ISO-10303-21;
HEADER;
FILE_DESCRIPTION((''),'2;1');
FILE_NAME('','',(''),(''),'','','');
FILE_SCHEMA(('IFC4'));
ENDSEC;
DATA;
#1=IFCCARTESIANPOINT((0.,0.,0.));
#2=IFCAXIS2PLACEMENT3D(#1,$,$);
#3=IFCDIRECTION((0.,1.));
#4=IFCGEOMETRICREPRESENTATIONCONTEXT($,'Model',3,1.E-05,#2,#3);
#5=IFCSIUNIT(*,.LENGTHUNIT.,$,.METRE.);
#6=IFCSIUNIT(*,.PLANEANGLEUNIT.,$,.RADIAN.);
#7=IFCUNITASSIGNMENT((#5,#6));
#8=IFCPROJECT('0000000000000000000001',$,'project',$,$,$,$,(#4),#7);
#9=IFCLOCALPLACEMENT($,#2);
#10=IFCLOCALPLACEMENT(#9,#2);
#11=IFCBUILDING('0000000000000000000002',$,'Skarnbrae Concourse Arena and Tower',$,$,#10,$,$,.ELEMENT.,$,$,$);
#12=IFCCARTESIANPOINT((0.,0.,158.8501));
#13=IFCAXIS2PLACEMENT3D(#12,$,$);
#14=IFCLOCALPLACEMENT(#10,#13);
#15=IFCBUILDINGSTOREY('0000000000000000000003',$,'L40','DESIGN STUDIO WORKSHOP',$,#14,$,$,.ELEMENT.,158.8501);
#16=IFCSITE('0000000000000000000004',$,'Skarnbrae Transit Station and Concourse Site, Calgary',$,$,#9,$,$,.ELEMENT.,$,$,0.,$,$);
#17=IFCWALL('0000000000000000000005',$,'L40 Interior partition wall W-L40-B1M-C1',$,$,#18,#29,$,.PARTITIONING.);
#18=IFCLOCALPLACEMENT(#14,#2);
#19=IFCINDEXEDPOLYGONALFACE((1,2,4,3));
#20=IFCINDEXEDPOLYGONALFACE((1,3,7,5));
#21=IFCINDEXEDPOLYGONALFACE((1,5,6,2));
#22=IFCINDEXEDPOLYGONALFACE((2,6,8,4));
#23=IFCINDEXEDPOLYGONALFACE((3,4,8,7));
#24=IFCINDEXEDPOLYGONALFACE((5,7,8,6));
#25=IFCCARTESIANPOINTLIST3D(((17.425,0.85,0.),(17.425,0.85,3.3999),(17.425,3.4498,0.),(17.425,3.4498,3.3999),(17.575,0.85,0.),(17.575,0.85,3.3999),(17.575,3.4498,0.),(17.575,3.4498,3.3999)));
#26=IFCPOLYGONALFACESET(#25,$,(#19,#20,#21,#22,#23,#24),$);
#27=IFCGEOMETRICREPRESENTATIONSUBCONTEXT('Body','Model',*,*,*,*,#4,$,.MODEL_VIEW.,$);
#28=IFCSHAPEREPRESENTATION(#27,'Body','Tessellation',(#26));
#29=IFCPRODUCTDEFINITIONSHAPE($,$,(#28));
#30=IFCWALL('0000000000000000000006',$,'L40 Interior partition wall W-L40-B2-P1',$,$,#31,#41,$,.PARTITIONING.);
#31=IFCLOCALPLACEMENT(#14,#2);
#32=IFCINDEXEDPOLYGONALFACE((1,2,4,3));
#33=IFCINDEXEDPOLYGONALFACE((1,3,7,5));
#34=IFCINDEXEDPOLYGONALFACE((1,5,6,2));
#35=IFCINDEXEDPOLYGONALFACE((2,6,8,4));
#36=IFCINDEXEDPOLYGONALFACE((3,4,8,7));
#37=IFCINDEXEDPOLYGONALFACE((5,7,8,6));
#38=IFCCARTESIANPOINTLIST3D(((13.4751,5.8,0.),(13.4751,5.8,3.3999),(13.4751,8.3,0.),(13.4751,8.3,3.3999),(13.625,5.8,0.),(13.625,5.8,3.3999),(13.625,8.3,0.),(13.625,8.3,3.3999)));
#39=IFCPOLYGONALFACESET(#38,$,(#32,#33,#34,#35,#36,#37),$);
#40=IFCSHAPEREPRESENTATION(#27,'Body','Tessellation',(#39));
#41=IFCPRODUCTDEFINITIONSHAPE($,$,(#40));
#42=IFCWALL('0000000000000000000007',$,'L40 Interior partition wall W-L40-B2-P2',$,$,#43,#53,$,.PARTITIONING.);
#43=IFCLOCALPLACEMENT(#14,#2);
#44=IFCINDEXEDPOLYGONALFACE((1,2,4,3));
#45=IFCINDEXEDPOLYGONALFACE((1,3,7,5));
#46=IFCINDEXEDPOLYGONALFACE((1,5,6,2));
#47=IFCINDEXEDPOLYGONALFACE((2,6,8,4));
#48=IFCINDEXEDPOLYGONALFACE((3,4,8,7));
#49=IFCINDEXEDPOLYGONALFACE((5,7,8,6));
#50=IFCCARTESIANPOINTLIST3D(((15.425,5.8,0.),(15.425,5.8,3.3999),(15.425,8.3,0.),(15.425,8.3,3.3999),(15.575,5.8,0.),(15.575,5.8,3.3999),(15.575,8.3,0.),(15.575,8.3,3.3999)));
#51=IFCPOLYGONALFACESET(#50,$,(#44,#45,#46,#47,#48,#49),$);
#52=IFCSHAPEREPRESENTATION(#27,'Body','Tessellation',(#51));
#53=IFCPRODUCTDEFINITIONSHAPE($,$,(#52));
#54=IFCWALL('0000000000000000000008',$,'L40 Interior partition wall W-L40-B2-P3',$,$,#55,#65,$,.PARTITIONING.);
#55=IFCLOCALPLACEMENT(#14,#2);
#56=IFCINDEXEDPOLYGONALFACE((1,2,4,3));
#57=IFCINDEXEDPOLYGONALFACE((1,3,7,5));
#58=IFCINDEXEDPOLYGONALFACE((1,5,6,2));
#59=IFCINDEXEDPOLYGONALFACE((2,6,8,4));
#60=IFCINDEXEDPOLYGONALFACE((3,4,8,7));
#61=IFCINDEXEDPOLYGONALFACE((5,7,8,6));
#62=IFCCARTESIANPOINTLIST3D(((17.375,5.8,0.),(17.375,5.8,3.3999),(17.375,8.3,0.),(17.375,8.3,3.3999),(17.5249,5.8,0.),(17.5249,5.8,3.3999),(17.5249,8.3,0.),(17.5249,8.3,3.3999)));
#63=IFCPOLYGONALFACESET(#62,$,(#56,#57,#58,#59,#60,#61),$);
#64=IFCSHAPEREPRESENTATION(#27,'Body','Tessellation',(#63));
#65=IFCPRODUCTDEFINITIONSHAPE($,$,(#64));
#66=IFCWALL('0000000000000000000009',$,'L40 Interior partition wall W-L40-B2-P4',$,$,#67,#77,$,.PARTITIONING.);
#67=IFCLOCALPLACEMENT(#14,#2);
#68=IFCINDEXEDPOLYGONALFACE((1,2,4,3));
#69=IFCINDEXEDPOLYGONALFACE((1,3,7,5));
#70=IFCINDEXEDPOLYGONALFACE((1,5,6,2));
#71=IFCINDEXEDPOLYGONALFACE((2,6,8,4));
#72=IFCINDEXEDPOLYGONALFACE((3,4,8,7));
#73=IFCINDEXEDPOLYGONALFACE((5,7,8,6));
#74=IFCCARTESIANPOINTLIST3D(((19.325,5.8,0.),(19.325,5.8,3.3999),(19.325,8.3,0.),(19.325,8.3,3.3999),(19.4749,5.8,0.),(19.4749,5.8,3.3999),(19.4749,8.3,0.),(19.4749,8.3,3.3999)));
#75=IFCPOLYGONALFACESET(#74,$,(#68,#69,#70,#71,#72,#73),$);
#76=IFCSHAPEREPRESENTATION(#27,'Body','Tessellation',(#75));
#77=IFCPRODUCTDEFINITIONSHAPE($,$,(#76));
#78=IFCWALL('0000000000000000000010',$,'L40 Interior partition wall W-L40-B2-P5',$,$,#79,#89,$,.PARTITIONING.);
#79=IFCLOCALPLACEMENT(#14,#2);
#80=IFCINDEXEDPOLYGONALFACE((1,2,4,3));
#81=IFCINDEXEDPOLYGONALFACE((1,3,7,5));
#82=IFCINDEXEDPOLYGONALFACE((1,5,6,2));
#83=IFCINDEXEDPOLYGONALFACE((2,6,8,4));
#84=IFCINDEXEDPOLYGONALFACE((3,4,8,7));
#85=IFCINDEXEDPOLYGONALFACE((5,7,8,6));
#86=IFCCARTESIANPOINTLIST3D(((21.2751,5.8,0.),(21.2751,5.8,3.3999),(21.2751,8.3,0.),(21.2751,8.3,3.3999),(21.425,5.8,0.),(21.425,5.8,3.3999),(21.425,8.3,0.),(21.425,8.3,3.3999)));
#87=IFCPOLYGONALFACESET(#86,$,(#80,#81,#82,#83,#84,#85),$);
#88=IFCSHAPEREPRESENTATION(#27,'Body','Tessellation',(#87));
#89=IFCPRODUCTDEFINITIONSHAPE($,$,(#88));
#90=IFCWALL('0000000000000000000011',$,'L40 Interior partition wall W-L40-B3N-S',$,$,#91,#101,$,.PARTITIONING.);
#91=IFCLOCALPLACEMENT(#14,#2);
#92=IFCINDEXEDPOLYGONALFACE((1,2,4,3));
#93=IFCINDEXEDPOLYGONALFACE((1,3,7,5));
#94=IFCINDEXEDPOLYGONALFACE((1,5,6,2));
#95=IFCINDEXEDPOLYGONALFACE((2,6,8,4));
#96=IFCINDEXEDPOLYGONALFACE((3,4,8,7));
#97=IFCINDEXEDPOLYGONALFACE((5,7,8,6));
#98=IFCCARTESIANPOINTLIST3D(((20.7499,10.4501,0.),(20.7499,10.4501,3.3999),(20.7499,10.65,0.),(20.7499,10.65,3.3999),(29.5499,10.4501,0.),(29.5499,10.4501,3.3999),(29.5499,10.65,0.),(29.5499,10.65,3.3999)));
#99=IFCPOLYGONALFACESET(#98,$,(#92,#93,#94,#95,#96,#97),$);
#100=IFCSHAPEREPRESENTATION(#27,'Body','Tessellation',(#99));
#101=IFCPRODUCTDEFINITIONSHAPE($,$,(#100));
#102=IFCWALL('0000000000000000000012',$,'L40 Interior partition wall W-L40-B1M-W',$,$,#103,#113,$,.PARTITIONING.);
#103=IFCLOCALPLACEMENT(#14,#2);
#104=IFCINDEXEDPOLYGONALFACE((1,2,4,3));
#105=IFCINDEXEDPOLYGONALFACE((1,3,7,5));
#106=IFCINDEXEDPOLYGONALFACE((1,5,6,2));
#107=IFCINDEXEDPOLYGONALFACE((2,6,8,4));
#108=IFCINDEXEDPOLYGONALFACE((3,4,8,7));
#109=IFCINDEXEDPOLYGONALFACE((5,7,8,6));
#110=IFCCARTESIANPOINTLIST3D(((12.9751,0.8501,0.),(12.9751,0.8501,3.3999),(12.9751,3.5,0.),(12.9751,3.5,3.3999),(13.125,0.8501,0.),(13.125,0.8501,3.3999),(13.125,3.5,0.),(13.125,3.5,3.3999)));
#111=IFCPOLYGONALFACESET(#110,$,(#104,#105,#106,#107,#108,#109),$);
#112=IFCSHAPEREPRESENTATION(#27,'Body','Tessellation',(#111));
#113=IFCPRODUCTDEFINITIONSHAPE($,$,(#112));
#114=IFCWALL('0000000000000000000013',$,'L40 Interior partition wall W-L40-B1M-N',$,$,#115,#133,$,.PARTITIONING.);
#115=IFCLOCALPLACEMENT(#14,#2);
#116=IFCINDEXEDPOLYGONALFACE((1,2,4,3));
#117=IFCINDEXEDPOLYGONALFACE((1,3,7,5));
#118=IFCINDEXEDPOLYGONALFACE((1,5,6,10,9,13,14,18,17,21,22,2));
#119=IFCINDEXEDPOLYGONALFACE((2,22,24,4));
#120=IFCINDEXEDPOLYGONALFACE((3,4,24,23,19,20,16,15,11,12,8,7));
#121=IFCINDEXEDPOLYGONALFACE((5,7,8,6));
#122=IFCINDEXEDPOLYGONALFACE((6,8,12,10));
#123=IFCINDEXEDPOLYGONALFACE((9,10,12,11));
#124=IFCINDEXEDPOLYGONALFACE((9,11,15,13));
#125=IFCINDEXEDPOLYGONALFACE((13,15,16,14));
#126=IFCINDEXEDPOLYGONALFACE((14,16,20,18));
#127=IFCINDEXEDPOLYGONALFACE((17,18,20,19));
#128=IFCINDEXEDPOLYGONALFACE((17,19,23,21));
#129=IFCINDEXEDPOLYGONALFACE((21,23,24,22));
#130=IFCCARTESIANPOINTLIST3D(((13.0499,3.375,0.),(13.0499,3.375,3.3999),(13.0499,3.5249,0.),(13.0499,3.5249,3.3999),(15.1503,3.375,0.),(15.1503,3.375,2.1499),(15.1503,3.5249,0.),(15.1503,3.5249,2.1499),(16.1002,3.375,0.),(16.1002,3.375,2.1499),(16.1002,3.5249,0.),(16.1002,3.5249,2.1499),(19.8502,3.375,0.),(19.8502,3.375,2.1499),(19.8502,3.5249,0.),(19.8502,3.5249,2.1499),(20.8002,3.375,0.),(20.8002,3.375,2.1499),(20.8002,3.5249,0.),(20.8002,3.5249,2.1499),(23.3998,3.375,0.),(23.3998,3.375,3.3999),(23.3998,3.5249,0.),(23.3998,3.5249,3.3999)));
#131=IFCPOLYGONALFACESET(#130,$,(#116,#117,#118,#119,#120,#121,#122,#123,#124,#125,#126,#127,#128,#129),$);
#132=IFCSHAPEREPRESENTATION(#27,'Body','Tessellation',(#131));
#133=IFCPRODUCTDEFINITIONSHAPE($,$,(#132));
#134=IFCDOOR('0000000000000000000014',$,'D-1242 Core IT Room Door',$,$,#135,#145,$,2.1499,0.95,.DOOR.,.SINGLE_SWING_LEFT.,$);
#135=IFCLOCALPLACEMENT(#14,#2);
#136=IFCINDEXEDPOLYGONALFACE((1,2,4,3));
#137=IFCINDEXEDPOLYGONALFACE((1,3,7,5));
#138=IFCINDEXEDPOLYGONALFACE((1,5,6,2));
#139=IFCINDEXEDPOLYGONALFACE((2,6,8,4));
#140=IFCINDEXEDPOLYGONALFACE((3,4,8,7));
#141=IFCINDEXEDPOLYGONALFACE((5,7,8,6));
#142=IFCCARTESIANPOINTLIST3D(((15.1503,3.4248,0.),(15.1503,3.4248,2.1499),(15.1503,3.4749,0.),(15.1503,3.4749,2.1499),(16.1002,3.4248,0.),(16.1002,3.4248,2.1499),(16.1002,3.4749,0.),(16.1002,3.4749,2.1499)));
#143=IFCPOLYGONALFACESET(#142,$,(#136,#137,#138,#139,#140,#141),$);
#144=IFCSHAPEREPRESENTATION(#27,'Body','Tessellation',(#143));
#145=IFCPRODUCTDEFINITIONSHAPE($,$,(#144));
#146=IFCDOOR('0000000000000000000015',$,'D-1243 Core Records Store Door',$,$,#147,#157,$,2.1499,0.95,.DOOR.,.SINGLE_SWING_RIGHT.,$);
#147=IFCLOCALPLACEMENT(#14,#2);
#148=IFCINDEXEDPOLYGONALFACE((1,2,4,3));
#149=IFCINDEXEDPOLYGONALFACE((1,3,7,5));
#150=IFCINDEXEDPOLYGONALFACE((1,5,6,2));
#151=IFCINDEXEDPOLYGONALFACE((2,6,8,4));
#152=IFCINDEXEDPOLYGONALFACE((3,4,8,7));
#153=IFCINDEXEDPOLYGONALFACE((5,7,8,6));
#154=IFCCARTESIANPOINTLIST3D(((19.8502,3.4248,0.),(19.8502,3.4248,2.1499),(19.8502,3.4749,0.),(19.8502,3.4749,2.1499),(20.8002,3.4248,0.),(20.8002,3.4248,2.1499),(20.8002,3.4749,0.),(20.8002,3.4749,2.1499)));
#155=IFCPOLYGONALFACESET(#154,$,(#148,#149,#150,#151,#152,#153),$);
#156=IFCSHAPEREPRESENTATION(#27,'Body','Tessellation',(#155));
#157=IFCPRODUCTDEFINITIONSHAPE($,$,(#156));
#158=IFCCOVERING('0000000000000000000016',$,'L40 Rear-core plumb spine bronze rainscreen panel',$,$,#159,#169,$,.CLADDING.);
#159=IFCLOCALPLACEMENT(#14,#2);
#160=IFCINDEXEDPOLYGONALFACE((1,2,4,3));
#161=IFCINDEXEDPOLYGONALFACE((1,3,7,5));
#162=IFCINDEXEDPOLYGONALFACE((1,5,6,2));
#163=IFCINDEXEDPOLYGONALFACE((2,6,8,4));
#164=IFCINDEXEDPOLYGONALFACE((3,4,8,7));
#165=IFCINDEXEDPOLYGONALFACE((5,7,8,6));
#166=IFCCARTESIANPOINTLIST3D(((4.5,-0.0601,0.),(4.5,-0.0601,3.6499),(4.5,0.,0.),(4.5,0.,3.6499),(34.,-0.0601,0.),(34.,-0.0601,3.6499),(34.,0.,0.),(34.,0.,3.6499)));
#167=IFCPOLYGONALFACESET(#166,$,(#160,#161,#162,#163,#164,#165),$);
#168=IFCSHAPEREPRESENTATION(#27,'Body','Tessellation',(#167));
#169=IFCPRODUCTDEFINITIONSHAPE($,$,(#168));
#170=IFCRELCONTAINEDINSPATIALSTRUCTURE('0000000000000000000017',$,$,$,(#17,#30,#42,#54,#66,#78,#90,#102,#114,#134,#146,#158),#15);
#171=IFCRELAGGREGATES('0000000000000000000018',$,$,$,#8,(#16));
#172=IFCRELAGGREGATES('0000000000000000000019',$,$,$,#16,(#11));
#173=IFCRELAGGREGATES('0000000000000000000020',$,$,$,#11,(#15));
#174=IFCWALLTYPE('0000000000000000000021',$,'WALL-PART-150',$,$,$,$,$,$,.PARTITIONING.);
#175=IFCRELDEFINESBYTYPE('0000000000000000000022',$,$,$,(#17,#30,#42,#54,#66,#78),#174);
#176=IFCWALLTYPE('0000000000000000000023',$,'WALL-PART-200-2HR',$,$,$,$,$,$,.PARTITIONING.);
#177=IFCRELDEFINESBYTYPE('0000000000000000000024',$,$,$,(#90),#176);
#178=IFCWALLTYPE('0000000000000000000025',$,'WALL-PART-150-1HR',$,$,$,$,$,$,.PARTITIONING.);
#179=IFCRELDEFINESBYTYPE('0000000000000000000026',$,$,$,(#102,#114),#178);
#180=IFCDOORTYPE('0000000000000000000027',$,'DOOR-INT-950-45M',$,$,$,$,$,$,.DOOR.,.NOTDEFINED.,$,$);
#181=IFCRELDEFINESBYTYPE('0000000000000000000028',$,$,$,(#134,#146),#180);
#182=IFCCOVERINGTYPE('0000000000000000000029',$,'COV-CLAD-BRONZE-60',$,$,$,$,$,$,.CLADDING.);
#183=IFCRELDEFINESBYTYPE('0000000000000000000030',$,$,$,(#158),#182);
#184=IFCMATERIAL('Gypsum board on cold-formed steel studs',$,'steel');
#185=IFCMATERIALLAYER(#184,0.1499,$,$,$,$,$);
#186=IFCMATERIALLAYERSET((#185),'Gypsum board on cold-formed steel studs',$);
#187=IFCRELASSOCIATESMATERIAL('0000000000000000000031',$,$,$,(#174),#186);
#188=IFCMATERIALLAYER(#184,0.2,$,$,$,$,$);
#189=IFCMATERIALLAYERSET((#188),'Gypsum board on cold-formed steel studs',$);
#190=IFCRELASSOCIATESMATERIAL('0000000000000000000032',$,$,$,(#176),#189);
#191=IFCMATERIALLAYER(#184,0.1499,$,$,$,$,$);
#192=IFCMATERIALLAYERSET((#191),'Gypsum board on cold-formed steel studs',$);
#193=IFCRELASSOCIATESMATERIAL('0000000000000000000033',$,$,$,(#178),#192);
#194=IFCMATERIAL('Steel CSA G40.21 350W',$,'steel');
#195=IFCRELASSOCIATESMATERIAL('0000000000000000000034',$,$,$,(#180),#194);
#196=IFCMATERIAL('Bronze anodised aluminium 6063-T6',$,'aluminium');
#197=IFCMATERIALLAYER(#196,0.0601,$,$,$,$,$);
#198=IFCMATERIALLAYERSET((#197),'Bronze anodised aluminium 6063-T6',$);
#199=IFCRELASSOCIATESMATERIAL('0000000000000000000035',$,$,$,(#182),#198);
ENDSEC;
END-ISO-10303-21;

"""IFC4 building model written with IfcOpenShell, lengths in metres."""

from ifc_helpers import new_model, si_unit, direction, frame, frame_2d, origin, origin_2d, place, context, subcontext, project, spatial, rectangle, extrude, source, transform, mapped, material, layer, layer_set, type_object, element, fill, save


model = new_model("IFC4")

# Units and contexts
model_context = context("Model", 3, precision=1e-05, world=origin(), true_north=direction((0.0, 1.0)))
body_context = subcontext(model_context, "Body", "Model", "MODEL_VIEW")
ifc_project = project(units=[si_unit("LENGTHUNIT", "METRE"), si_unit("PLANEANGLEUNIT", "RADIAN")], contexts=[model_context])

# Site, building, storey
site_placement = place(None, origin())
site = spatial("IfcSite", under=ifc_project, at=site_placement, Name="Skarnbrae Transit Station and Concourse Site, Calgary", CompositionType="ELEMENT", RefElevation=0.0)
building_placement = place(site_placement, origin())
building = spatial("IfcBuilding", under=site, at=building_placement, Name="Skarnbrae Concourse Arena and Tower", CompositionType="ELEMENT")
storey_placement = place(building_placement, frame((0.0, 0.0, 158.8501)))
storey = spatial("IfcBuildingStorey", under=building, at=storey_placement, Name="L40", Description="DESIGN STUDIO WORKSHOP", CompositionType="ELEMENT", Elevation=158.8501)

# Walls
ifc_material_1 = material(Name="Gypsum board on cold-formed steel studs", Category="steel")
ifc_layer_1 = layer(ifc_material_1, 0.1499)
ifc_layer_set_1 = layer_set([ifc_layer_1], Name="Gypsum board on cold-formed steel studs")
wall_type_1 = type_object("IfcWallType", Name="WALL-PART-150", PredefinedType="PARTITIONING", material=ifc_layer_set_1)
shared_shape_1 = source(origin(), body_context, "Body", "SweptSolid", [
    extrude(rectangle(XDim=2.5999, YDim=0.1499, at=frame_2d((1.2998, 0.0))), origin(), (0.0, 0.0, 1.0), 3.3999),
])
wall_1_placement = place(storey_placement, frame((17.5, 0.8501, 0.0), z_axis=(0.0, 0.0, 1.0), x_axis=(0.0, 1.0, 0.0)))
element("IfcWall", 1, at=wall_1_placement, inside=storey, type_object=wall_type_1, Name="L40 Interior partition wall W-L40-B1M-C1", PredefinedType="PARTITIONING", context=body_context, shape_type="MappedRepresentation", body=[
    mapped(shared_shape_1, transform((0.0, 0.0, 0.0))),
])
shared_shape_2 = source(origin(), body_context, "Body", "SweptSolid", [
    extrude(rectangle(XDim=2.5, YDim=0.1499, at=frame_2d((1.25, 0.0))), origin(), (0.0, 0.0, 1.0), 3.3999),
])
for number, where, z_axis, x_axis, name in (
    (2, (13.55, 5.8, 0.0), (0.0, 0.0, 1.0), (0.0, 1.0, 0.0), "L40 Interior partition wall W-L40-B2-P1"),
    (3, (15.5, 5.8, 0.0), (0.0, 0.0, 1.0), (0.0, 1.0, 0.0), "L40 Interior partition wall W-L40-B2-P2"),
    (4, (17.45, 5.8, 0.0), (0.0, 0.0, 1.0), (0.0, 1.0, 0.0), "L40 Interior partition wall W-L40-B2-P3"),
    (5, (19.3999, 5.8, 0.0), (0.0, 0.0, 1.0), (0.0, 1.0, 0.0), "L40 Interior partition wall W-L40-B2-P4"),
    (6, (21.3501, 5.8, 0.0), (0.0, 0.0, 1.0), (0.0, 1.0, 0.0), "L40 Interior partition wall W-L40-B2-P5"),
):
    element("IfcWall", number, at=place(storey_placement, frame(where, z_axis=z_axis, x_axis=x_axis)), inside=storey, type_object=wall_type_1, Name=name, PredefinedType="PARTITIONING", context=body_context, shape_type="MappedRepresentation", body=[
        mapped(shared_shape_2, transform((0.0, 0.0, 0.0))),
    ])
ifc_layer_2 = layer(ifc_material_1, 0.2)
ifc_layer_set_2 = layer_set([ifc_layer_2], Name="Gypsum board on cold-formed steel studs")
wall_type_2 = type_object("IfcWallType", Name="WALL-PART-200-2HR", PredefinedType="PARTITIONING", material=ifc_layer_set_2)
shared_shape_3 = source(origin(), body_context, "Body", "SweptSolid", [
    extrude(rectangle(XDim=8.8, YDim=0.2, at=frame_2d((4.3999, 0.0))), origin(), (0.0, 0.0, 1.0), 3.3999),
])
wall_2_placement = place(storey_placement, frame((20.75, 10.55, 0.0), z_axis=(0.0, 0.0, 1.0), x_axis=(1.0, 0.0, 0.0)))
element("IfcWall", 7, at=wall_2_placement, inside=storey, type_object=wall_type_2, Name="L40 Interior partition wall W-L40-B3N-S", PredefinedType="PARTITIONING", context=body_context, shape_type="MappedRepresentation", body=[
    mapped(shared_shape_3, transform((0.0, 0.0, 0.0))),
])
ifc_layer_3 = layer(ifc_material_1, 0.1499)
ifc_layer_set_3 = layer_set([ifc_layer_3], Name="Gypsum board on cold-formed steel studs")
wall_type_3 = type_object("IfcWallType", Name="WALL-PART-150-1HR", PredefinedType="PARTITIONING", material=ifc_layer_set_3)
shared_shape_4 = source(origin(), body_context, "Body", "SweptSolid", [
    extrude(rectangle(XDim=2.6499, YDim=0.1499, at=frame_2d((1.325, 0.0))), origin(), (0.0, 0.0, 1.0), 3.3999),
])
wall_3_placement = place(storey_placement, frame((13.05, 0.8501, 0.0), z_axis=(0.0, 0.0, 1.0), x_axis=(0.0, 1.0, 0.0)))
element("IfcWall", 8, at=wall_3_placement, inside=storey, type_object=wall_type_3, Name="L40 Interior partition wall W-L40-B1M-W", PredefinedType="PARTITIONING", context=body_context, shape_type="MappedRepresentation", body=[
    mapped(shared_shape_4, transform((0.0, 0.0, 0.0))),
])

# Wall, openings, doors
shared_shape_5 = source(origin(), body_context, "Body", "SweptSolid", [
    extrude(rectangle(XDim=10.3499, YDim=0.1499, at=frame_2d((5.1748, 0.0))), origin(), (0.0, 0.0, 1.0), 3.3999),
])
wall_4_placement = place(storey_placement, frame((13.05, 3.45, 0.0), z_axis=(0.0, 0.0, 1.0), x_axis=(1.0, 0.0, 0.0)))
wall_4 = element("IfcWall", 9, at=wall_4_placement, inside=storey, type_object=wall_type_3, Name="L40 Interior partition wall W-L40-B1M-N", PredefinedType="PARTITIONING", context=body_context, shape_type="MappedRepresentation", body=[
    mapped(shared_shape_5, transform((0.0, 0.0, 0.0))),
])
opening_1_placement = place(wall_4_placement, frame((2.1001, 0.0, 0.0)))
opening_1 = element("IfcOpeningElement", 10, at=opening_1_placement, cuts=wall_4, PredefinedType="OPENING", context=body_context, shape_type="SweptSolid", body=[
    extrude(rectangle(XDim=0.95, YDim=2.1499, at=frame_2d((0.4751, 1.075))), frame((0.0, 0.085, 0.0), z_axis=(0.0, -1.0, 0.0), x_axis=(1.0, 0.0, 0.0)), (0.0, 0.0, 1.0), 0.1699),
])
opening_2_placement = place(wall_4_placement, frame((6.8, 0.0, 0.0)))
opening_2 = element("IfcOpeningElement", 11, at=opening_2_placement, cuts=wall_4, PredefinedType="OPENING", context=body_context, shape_type="SweptSolid", body=[
    extrude(rectangle(XDim=0.95, YDim=2.1499, at=frame_2d((0.4751, 1.075))), frame((0.0, 0.085, 0.0), z_axis=(0.0, -1.0, 0.0), x_axis=(1.0, 0.0, 0.0)), (0.0, 0.0, 1.0), 0.1699),
])
ifc_material_2 = material(Name="Steel CSA G40.21 350W", Category="steel")
door_type = type_object("IfcDoorType", Name="DOOR-INT-950-45M", OperationType="NOTDEFINED", PredefinedType="DOOR", material=ifc_material_2)
shared_shape_6 = source(origin(), body_context, "Body", "SweptSolid", [
    extrude(rectangle(XDim=0.95, YDim=2.1499, at=frame_2d((0.4751, 1.075))), frame((0.0, 0.0249, 0.0), z_axis=(0.0, -1.0, 0.0), x_axis=(1.0, 0.0, 0.0)), (0.0, 0.0, 1.0), 0.05),
])
door_1_placement = place(opening_1_placement, origin())
door_1 = element("IfcDoor", 12, at=door_1_placement, inside=storey, type_object=door_type, Name="D-1242 Core IT Room Door", OperationType="SINGLE_SWING_LEFT", OverallHeight=2.1499, OverallWidth=0.95, PredefinedType="DOOR", context=body_context, shape_type="MappedRepresentation", body=[
    mapped(shared_shape_6, transform((0.0, 0.0, 0.0))),
])
fill(opening_1, door_1)
door_2_placement = place(opening_2_placement, origin())
door_2 = element("IfcDoor", 13, at=door_2_placement, inside=storey, type_object=door_type, Name="D-1243 Core Records Store Door", OperationType="SINGLE_SWING_RIGHT", OverallHeight=2.1499, OverallWidth=0.95, PredefinedType="DOOR", context=body_context, shape_type="MappedRepresentation", body=[
    mapped(shared_shape_6, transform((0.0, 0.0, 0.0))),
])
fill(opening_2, door_2)

# Covering
ifc_material_3 = material(Name="Bronze anodised aluminium 6063-T6", Category="aluminium")
ifc_layer_4 = layer(ifc_material_3, 0.0601)
ifc_layer_set_4 = layer_set([ifc_layer_4], Name="Bronze anodised aluminium 6063-T6")
covering_type = type_object("IfcCoveringType", Name="COV-CLAD-BRONZE-60", PredefinedType="CLADDING", material=ifc_layer_set_4)
shared_shape_7 = source(origin(), body_context, "Body", "SweptSolid", [
    extrude(rectangle(XDim=29.5, YDim=0.0601, at=origin_2d()), origin(), (0.0, 0.0, 1.0), 3.6499),
])
covering_placement = place(storey_placement, frame((19.25, -0.03, 0.0), z_axis=(0.0, 0.0, 1.0), x_axis=(1.0, 0.0, 0.0)))
element("IfcCovering", 14, at=covering_placement, inside=storey, type_object=covering_type, Name="L40 Rear-core plumb spine bronze rainscreen panel", PredefinedType="CLADDING", context=body_context, shape_type="MappedRepresentation", body=[
    mapped(shared_shape_7, transform((0.0, 0.0, 0.0))),
])

save(model, "model.ifc")
